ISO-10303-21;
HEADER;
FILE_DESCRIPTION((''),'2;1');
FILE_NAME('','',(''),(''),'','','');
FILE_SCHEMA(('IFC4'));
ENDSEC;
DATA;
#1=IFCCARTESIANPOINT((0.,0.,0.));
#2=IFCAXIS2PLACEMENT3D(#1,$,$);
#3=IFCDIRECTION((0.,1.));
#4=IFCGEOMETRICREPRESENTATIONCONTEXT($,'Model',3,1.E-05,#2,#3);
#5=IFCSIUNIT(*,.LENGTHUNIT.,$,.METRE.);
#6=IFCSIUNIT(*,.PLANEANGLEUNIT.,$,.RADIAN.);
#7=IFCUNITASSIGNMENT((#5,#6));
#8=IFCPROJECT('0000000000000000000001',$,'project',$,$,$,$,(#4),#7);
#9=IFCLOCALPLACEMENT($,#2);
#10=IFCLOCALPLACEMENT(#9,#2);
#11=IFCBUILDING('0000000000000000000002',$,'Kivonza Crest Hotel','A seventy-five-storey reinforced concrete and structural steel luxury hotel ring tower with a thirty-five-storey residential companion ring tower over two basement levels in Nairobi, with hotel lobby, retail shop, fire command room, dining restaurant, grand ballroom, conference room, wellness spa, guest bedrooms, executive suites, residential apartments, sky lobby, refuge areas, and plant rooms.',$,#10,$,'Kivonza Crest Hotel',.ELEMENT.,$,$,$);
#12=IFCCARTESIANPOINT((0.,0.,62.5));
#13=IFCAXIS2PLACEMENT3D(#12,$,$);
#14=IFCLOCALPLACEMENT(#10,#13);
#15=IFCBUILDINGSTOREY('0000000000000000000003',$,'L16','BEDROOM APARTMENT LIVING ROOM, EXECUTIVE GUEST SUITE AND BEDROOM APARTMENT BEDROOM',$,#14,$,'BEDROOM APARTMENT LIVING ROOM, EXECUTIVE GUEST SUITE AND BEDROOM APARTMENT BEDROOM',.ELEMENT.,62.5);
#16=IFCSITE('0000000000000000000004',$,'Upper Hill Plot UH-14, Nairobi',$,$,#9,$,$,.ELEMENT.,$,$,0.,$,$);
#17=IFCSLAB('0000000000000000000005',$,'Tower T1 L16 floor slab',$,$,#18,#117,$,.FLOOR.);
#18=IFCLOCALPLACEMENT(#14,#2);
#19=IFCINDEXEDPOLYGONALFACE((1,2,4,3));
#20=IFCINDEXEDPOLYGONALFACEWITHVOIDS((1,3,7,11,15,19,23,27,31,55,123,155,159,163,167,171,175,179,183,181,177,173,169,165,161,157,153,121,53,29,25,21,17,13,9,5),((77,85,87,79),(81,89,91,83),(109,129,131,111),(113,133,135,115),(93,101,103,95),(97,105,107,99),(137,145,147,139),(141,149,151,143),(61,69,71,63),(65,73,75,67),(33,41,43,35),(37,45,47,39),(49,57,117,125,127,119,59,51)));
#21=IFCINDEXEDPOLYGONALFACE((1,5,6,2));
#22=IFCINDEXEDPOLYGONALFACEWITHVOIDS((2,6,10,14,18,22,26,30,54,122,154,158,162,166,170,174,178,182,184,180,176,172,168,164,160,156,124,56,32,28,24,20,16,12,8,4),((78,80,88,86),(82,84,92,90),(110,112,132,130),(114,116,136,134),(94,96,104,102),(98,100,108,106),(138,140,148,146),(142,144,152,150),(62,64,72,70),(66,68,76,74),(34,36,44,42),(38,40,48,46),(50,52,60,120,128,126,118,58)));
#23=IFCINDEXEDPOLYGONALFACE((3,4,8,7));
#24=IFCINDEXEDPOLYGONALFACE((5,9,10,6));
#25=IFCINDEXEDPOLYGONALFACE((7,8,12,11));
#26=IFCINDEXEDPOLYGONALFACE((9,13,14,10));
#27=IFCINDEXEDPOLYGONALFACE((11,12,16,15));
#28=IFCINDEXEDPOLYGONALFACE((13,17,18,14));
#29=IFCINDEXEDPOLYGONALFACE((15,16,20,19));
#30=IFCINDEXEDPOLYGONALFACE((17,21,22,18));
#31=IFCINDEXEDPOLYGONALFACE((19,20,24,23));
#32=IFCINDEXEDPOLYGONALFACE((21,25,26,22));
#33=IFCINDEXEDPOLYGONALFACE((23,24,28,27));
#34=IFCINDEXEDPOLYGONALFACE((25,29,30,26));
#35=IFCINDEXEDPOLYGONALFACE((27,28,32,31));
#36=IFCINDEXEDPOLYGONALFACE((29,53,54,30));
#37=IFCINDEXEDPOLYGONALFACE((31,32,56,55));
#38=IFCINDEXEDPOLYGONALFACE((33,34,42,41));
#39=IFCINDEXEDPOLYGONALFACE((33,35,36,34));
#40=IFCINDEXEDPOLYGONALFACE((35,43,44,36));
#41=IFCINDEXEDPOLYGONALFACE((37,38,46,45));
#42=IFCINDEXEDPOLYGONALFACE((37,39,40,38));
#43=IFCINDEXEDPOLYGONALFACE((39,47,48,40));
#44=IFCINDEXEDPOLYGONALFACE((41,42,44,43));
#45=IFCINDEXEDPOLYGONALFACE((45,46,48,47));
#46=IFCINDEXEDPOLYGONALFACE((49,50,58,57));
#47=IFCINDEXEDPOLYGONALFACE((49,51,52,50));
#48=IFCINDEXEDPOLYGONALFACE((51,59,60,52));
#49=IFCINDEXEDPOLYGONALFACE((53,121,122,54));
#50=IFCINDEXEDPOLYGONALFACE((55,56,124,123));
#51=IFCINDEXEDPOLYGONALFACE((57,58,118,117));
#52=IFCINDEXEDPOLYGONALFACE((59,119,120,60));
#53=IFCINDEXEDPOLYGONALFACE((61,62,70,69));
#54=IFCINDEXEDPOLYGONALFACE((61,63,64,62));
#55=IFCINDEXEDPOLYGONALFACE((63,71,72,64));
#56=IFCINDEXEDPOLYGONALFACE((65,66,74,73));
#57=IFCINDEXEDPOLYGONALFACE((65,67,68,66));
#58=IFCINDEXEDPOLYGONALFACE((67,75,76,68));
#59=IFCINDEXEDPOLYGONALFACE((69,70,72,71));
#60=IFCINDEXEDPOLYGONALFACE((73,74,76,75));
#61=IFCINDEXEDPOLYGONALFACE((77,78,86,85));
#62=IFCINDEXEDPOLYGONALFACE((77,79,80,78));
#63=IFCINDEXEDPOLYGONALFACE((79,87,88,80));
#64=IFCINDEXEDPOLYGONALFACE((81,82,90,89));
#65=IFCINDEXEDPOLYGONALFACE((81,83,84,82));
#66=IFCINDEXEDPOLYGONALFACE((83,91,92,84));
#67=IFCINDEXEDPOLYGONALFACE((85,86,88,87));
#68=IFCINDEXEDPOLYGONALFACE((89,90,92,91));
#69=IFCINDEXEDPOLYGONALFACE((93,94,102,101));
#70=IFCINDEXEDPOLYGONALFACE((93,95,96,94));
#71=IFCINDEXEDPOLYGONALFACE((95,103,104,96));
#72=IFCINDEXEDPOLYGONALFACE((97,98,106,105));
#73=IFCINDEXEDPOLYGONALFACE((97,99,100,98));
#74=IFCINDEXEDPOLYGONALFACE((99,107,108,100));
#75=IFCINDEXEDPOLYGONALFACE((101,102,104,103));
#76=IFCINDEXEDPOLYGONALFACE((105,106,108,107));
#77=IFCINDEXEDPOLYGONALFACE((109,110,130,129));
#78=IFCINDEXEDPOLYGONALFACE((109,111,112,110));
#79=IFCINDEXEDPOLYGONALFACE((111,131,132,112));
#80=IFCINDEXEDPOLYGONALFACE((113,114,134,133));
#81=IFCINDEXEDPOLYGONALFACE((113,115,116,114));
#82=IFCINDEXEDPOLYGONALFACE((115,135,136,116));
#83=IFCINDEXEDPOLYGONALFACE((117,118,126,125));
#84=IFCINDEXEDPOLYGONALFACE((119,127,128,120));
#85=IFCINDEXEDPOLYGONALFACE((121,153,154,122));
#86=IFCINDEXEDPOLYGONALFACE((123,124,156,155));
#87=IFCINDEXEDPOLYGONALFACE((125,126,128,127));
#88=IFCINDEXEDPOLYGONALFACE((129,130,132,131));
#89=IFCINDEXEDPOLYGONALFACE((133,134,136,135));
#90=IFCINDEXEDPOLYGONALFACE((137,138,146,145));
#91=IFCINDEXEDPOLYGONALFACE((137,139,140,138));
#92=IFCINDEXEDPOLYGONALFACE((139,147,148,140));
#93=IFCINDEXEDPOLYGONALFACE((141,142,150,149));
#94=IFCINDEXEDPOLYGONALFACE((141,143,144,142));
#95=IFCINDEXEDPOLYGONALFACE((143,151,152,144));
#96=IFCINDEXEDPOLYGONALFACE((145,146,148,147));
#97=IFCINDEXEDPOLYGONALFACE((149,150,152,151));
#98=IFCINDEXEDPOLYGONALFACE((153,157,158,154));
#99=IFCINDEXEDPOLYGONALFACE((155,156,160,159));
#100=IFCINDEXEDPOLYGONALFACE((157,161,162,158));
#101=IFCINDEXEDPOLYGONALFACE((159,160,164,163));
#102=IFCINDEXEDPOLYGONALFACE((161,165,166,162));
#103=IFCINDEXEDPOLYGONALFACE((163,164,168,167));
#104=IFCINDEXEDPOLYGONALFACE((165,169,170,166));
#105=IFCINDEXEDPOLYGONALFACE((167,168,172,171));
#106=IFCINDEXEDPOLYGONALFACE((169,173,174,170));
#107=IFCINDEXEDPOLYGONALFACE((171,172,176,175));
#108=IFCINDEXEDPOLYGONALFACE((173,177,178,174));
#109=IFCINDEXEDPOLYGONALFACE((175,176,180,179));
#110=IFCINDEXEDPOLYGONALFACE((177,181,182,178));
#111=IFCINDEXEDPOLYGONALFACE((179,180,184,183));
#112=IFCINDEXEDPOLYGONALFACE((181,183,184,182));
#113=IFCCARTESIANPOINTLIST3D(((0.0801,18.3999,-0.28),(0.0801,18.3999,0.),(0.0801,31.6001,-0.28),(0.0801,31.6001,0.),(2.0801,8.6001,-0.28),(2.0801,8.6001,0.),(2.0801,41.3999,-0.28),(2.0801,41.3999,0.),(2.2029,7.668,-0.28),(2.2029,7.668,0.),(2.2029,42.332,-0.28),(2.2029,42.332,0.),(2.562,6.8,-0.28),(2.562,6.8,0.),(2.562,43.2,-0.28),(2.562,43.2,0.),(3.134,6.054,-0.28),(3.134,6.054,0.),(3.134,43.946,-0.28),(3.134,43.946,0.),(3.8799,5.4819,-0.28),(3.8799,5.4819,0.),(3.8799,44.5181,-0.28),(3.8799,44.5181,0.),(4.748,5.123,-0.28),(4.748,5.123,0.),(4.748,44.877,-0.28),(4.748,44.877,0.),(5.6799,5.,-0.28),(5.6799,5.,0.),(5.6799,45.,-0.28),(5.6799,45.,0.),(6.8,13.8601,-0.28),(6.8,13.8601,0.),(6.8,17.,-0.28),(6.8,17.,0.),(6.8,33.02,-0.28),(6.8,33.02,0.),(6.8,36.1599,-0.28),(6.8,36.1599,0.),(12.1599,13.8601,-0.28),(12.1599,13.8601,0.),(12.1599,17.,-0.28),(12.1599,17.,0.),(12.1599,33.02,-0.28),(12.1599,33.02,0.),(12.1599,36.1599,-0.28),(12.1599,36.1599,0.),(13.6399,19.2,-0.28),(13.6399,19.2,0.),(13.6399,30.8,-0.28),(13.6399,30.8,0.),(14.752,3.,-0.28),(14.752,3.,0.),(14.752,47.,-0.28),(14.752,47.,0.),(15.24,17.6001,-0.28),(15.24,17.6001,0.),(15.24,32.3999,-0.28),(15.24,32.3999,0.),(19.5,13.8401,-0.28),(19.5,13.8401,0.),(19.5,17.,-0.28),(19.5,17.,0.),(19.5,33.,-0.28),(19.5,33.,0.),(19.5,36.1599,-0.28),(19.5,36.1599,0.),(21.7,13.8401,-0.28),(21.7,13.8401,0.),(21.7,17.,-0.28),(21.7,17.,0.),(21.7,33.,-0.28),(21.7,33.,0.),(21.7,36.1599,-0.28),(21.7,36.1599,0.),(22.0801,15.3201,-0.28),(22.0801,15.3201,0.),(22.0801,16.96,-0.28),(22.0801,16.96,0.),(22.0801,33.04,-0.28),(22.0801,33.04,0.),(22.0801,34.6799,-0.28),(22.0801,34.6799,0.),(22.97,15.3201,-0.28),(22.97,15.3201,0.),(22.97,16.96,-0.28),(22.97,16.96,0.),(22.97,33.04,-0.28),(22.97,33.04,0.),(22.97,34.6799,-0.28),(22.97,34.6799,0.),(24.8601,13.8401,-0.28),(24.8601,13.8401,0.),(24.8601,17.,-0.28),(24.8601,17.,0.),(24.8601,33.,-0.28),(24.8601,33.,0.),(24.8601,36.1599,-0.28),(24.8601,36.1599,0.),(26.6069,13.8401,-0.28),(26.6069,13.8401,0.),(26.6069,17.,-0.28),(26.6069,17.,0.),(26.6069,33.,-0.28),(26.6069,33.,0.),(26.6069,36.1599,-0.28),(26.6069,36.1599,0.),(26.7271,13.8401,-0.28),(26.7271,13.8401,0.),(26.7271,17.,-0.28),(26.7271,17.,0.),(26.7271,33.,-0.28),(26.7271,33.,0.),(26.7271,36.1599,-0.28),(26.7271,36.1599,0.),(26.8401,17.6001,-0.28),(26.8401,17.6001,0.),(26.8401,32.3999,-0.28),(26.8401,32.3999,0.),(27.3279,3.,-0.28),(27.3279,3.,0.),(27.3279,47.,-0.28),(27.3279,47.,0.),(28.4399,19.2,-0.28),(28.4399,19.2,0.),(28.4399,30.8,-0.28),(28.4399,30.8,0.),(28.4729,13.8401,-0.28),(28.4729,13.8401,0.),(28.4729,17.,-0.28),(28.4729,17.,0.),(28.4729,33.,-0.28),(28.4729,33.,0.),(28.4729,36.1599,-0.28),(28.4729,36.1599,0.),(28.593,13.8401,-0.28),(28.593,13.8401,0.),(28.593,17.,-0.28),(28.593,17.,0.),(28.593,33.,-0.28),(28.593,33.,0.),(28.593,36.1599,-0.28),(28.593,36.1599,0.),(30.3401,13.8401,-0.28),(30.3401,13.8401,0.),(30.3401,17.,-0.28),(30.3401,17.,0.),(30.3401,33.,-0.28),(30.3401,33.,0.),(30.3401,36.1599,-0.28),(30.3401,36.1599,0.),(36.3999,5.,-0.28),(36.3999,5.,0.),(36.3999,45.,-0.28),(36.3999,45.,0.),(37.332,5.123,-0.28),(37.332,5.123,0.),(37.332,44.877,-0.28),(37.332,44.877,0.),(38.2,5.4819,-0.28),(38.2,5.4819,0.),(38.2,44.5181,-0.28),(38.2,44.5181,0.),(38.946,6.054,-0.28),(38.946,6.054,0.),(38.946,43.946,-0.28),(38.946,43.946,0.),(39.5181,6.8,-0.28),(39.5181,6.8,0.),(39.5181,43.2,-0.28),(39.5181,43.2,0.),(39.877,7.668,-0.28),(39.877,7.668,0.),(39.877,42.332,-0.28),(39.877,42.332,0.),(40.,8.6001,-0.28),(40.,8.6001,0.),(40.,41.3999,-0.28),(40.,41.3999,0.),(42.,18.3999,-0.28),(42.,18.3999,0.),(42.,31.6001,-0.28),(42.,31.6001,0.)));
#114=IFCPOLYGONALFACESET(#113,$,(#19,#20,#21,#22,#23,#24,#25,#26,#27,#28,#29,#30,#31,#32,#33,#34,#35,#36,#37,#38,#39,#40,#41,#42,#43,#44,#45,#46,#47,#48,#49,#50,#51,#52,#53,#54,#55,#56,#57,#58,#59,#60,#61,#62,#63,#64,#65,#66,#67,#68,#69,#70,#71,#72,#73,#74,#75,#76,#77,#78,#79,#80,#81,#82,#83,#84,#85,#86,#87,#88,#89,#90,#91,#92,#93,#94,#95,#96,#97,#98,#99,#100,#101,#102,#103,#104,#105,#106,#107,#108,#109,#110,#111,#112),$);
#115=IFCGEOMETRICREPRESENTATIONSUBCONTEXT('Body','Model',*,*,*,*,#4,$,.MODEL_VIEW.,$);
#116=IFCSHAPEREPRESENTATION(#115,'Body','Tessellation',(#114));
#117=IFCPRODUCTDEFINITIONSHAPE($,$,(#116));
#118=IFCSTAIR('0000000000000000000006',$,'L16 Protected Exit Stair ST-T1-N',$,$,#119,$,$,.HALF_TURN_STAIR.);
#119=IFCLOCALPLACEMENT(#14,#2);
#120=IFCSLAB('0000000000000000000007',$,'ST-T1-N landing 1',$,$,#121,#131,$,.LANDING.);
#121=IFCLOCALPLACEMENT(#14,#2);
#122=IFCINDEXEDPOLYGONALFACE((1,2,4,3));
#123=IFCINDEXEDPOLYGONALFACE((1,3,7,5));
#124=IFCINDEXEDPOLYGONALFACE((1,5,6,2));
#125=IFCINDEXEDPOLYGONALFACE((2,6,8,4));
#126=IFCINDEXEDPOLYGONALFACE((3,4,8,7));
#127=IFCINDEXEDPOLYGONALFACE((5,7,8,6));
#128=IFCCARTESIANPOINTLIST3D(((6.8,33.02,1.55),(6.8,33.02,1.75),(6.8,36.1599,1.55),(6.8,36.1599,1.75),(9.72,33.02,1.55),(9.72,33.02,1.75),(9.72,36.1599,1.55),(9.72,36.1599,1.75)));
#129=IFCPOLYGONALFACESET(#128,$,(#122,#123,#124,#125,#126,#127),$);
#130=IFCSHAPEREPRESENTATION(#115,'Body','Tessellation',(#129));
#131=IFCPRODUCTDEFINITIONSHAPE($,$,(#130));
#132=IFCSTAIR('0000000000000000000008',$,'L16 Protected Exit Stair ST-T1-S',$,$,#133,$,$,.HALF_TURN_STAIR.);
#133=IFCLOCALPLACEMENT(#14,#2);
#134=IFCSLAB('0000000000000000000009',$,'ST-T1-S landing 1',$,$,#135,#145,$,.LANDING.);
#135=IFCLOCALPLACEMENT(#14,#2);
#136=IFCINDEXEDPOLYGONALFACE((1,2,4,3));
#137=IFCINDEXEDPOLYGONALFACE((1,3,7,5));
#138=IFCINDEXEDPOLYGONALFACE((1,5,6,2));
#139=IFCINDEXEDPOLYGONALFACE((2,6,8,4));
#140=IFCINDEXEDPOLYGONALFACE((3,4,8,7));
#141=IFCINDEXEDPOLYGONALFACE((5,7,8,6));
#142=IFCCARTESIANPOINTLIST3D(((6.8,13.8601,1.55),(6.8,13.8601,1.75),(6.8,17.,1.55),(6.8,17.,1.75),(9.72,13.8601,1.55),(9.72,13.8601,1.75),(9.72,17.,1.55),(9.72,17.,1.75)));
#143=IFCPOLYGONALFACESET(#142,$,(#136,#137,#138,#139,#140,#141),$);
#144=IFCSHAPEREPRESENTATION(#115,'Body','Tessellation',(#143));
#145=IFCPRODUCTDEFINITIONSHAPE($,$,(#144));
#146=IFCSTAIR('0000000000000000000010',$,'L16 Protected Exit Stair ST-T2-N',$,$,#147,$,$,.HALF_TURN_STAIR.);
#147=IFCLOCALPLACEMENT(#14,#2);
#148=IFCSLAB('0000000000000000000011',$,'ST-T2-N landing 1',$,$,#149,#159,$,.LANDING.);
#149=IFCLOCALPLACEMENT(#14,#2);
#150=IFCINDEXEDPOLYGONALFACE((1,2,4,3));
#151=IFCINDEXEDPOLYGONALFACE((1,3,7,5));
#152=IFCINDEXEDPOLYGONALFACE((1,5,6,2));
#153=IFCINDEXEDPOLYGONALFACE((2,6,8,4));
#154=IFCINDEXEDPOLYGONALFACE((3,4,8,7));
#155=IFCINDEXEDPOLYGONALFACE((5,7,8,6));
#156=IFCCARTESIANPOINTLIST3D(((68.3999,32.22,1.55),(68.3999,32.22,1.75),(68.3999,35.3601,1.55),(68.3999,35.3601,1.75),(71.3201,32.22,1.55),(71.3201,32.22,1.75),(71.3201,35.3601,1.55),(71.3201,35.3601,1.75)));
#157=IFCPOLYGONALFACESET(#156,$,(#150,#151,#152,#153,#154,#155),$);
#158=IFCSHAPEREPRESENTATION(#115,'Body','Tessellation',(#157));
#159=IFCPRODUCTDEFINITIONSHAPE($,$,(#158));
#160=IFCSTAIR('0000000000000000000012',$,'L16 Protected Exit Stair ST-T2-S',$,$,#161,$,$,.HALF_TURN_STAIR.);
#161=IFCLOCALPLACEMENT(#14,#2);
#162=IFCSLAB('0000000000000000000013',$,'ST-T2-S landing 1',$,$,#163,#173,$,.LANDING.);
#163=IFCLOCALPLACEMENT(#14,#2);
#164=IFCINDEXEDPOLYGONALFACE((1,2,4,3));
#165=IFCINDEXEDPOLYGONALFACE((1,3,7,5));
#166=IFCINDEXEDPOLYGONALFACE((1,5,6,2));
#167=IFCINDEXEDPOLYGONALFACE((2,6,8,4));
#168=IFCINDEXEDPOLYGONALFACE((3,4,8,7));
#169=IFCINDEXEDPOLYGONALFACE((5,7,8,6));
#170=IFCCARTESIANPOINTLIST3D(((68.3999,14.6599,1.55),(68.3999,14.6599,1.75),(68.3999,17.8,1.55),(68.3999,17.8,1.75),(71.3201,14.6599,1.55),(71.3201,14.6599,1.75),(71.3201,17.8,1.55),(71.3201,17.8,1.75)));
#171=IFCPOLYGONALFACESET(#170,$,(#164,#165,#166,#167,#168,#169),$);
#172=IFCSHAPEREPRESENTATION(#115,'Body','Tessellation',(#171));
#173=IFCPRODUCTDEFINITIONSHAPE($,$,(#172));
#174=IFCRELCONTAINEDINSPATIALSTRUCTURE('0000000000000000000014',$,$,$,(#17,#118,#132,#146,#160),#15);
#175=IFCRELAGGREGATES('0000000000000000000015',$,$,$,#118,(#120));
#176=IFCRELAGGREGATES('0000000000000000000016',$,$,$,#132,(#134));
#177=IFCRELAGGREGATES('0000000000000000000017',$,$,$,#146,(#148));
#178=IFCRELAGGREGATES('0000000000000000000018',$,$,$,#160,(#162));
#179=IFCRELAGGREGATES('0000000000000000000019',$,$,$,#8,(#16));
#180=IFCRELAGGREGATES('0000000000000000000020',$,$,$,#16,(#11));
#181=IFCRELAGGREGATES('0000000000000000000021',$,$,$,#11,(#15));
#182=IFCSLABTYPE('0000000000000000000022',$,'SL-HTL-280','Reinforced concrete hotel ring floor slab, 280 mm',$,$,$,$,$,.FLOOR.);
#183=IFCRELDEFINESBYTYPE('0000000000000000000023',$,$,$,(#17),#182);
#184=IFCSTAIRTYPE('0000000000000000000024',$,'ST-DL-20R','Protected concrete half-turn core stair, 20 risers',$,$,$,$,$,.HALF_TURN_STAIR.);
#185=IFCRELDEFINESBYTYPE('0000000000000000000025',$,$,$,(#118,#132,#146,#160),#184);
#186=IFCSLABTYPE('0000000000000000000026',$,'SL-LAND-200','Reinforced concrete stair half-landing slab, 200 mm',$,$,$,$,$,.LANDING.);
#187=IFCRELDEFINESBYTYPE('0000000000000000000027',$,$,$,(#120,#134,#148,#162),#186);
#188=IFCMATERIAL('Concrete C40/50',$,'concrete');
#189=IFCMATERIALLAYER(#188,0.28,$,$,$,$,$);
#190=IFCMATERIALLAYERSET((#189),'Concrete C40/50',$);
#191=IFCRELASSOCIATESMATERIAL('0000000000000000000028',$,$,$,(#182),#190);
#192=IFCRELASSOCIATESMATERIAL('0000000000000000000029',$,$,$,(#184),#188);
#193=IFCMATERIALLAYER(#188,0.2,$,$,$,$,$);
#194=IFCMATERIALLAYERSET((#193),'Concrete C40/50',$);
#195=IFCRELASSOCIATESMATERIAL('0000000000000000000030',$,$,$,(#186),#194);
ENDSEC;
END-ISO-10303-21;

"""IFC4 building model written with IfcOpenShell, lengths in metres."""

from ifc_helpers import new_model, si_unit, direction, frame, origin, place, context, subcontext, project, spatial, polyline, outline, extrude, material, layer, layer_set, type_object, element, aggregate, save


model = new_model("IFC4")

# Units and contexts
model_context = context("Model", 3, precision=1e-05, world=origin(), true_north=direction((0.0, 1.0)))
body_context = subcontext(model_context, "Body", "Model", "MODEL_VIEW")
ifc_project = project(units=[si_unit("LENGTHUNIT", "METRE"), si_unit("PLANEANGLEUNIT", "RADIAN")], contexts=[model_context])

# Site, building, storey
site_placement = place(None, origin())
site = spatial("IfcSite", under=ifc_project, at=site_placement, Name="Upper Hill Plot UH-14, Nairobi", CompositionType="ELEMENT", RefElevation=0.0)
building_placement = place(site_placement, origin())
building = spatial("IfcBuilding", under=site, at=building_placement, Name="Kivonza Crest Hotel", Description="A seventy-five-storey reinforced concrete and structural steel luxury hotel ring tower with a thirty-five-storey residential companion ring tower over two basement levels in Nairobi, with hotel lobby, retail shop, fire command room, dining restaurant, grand ballroom, conference room, wellness spa, guest bedrooms, executive suites, residential apartments, sky lobby, refuge areas, and plant rooms.", LongName="Kivonza Crest Hotel", CompositionType="ELEMENT")
storey_placement = place(building_placement, frame((0.0, 0.0, 62.5)))
storey = spatial("IfcBuildingStorey", under=building, at=storey_placement, Name="L16", Description="BEDROOM APARTMENT LIVING ROOM, EXECUTIVE GUEST SUITE AND BEDROOM APARTMENT BEDROOM", LongName="BEDROOM APARTMENT LIVING ROOM, EXECUTIVE GUEST SUITE AND BEDROOM APARTMENT BEDROOM", CompositionType="ELEMENT", Elevation=62.5)

# Slab
ifc_material_1 = material(Name="Concrete C40/50", Category="concrete")
ifc_layer_1 = layer(ifc_material_1, 0.28)
ifc_layer_set_1 = layer_set([ifc_layer_1], Name="Concrete C40/50")
slab_type_1 = type_object("IfcSlabType", Name="SL-HTL-280", Description="Reinforced concrete hotel ring floor slab, 280 mm", PredefinedType="FLOOR", material=ifc_layer_set_1)
slab_1_placement = place(storey_placement, frame((0.0, 0.0, -0.28)))
element("IfcSlab", 1, at=slab_1_placement, inside=storey, type_object=slab_type_1, Name="Tower T1 L16 floor slab", PredefinedType="FLOOR", context=body_context, shape_type="SweptSolid", body=[
    extrude(outline(polyline([(2.0801, 8.6001), (2.2029, 7.668), (2.562, 6.8), (3.134, 6.054), (3.8799, 5.4819), (4.748, 5.123), (5.6799, 5.0), (14.752, 3.0), (27.3279, 3.0), (36.3999, 5.0), (37.332, 5.123), (38.2, 5.4819), (38.946, 6.054), (39.5181, 6.8), (39.877, 7.668), (40.0, 8.6001), (42.0, 18.3999), (42.0, 31.6001), (40.0, 41.3999), (39.877, 42.332), (39.5181, 43.2), (38.946, 43.946), (38.2, 44.5181), (37.332, 44.877), (36.3999, 45.0), (27.3279, 47.0), (14.752, 47.0), (5.6799, 45.0), (4.748, 44.877), (3.8799, 44.5181), (3.134, 43.946), (2.562, 43.2), (2.2029, 42.332), (2.0801, 41.3999), (0.0801, 31.6001), (0.0801, 18.3999), (2.0801, 8.6001)]), holes=[polyline([(15.24, 17.6001), (26.8401, 17.6001), (28.4399, 19.2), (28.4399, 30.8), (26.8401, 32.3999), (15.24, 32.3999), (13.6399, 30.8), (13.6399, 19.2), (15.24, 17.6001)]), polyline([(6.8, 33.02), (12.1599, 33.02), (12.1599, 36.1599), (6.8, 36.1599), (6.8, 33.02)]), polyline([(6.8, 13.8601), (12.1599, 13.8601), (12.1599, 17.0), (6.8, 17.0), (6.8, 13.8601)]), polyline([(22.0801, 33.04), (22.97, 33.04), (22.97, 34.6799), (22.0801, 34.6799), (22.0801, 33.04)]), polyline([(22.0801, 15.3201), (22.97, 15.3201), (22.97, 16.96), (22.0801, 16.96), (22.0801, 15.3201)]), polyline([(19.5, 33.0), (21.7, 33.0), (21.7, 36.1599), (19.5, 36.1599), (19.5, 33.0)]), polyline([(24.8601, 33.0), (26.6069, 33.0), (26.6069, 36.1599), (24.8601, 36.1599), (24.8601, 33.0)]), polyline([(26.7271, 33.0), (28.4729, 33.0), (28.4729, 36.1599), (26.7271, 36.1599), (26.7271, 33.0)]), polyline([(28.593, 33.0), (30.3401, 33.0), (30.3401, 36.1599), (28.593, 36.1599), (28.593, 33.0)]), polyline([(19.5, 13.8401), (21.7, 13.8401), (21.7, 17.0), (19.5, 17.0), (19.5, 13.8401)]), polyline([(24.8601, 13.8401), (26.6069, 13.8401), (26.6069, 17.0), (24.8601, 17.0), (24.8601, 13.8401)]), polyline([(26.7271, 13.8401), (28.4729, 13.8401), (28.4729, 17.0), (26.7271, 17.0), (26.7271, 13.8401)]), polyline([(28.593, 13.8401), (30.3401, 13.8401), (30.3401, 17.0), (28.593, 17.0), (28.593, 13.8401)])]), origin(), (0.0, 0.0, 1.0), 0.28),
])

# Stairs, slabs
stair_type = type_object("IfcStairType", Name="ST-DL-20R", Description="Protected concrete half-turn core stair, 20 risers", PredefinedType="HALF_TURN_STAIR", material=ifc_material_1)
stair_1_placement = place(storey_placement, origin())
stair_1 = element("IfcStair", 2, at=stair_1_placement, inside=storey, type_object=stair_type, Name="L16 Protected Exit Stair ST-T1-N", PredefinedType="HALF_TURN_STAIR")
ifc_layer_2 = layer(ifc_material_1, 0.2)
ifc_layer_set_2 = layer_set([ifc_layer_2], Name="Concrete C40/50")
slab_type_2 = type_object("IfcSlabType", Name="SL-LAND-200", Description="Reinforced concrete stair half-landing slab, 200 mm", PredefinedType="LANDING", material=ifc_layer_set_2)
slab_2_placement = place(storey_placement, frame((0.0, 0.0, 1.55)))
slab_2 = element("IfcSlab", 3, at=slab_2_placement, type_object=slab_type_2, Name="ST-T1-N landing 1", PredefinedType="LANDING", context=body_context, shape_type="SweptSolid", body=[
    extrude(outline(polyline([(9.72, 36.1599), (6.8, 36.1599), (6.8, 33.02), (9.72, 33.02), (9.72, 36.1599)])), origin(), (0.0, 0.0, 1.0), 0.2),
])
aggregate(stair_1, [slab_2])
stair_2_placement = place(storey_placement, origin())
stair_2 = element("IfcStair", 4, at=stair_2_placement, inside=storey, type_object=stair_type, Name="L16 Protected Exit Stair ST-T1-S", PredefinedType="HALF_TURN_STAIR")
slab_3_placement = place(storey_placement, frame((0.0, 0.0, 1.55)))
slab_3 = element("IfcSlab", 5, at=slab_3_placement, type_object=slab_type_2, Name="ST-T1-S landing 1", PredefinedType="LANDING", context=body_context, shape_type="SweptSolid", body=[
    extrude(outline(polyline([(9.72, 17.0), (6.8, 17.0), (6.8, 13.8601), (9.72, 13.8601), (9.72, 17.0)])), origin(), (0.0, 0.0, 1.0), 0.2),
])
aggregate(stair_2, [slab_3])
stair_3_placement = place(storey_placement, origin())
stair_3 = element("IfcStair", 6, at=stair_3_placement, inside=storey, type_object=stair_type, Name="L16 Protected Exit Stair ST-T2-N", PredefinedType="HALF_TURN_STAIR")
slab_4_placement = place(storey_placement, frame((0.0, 0.0, 1.55)))
slab_4 = element("IfcSlab", 7, at=slab_4_placement, type_object=slab_type_2, Name="ST-T2-N landing 1", PredefinedType="LANDING", context=body_context, shape_type="SweptSolid", body=[
    extrude(outline(polyline([(71.3201, 35.3601), (68.3999, 35.3601), (68.3999, 32.22), (71.3201, 32.22), (71.3201, 35.3601)])), origin(), (0.0, 0.0, 1.0), 0.2),
])
aggregate(stair_3, [slab_4])
stair_4_placement = place(storey_placement, origin())
stair_4 = element("IfcStair", 8, at=stair_4_placement, inside=storey, type_object=stair_type, Name="L16 Protected Exit Stair ST-T2-S", PredefinedType="HALF_TURN_STAIR")
slab_5_placement = place(storey_placement, frame((0.0, 0.0, 1.55)))
slab_5 = element("IfcSlab", 9, at=slab_5_placement, type_object=slab_type_2, Name="ST-T2-S landing 1", PredefinedType="LANDING", context=body_context, shape_type="SweptSolid", body=[
    extrude(outline(polyline([(71.3201, 17.8), (68.3999, 17.8), (68.3999, 14.6599), (71.3201, 14.6599), (71.3201, 17.8)])), origin(), (0.0, 0.0, 1.0), 0.2),
])
aggregate(stair_4, [slab_5])

save(model, "model.ifc")
